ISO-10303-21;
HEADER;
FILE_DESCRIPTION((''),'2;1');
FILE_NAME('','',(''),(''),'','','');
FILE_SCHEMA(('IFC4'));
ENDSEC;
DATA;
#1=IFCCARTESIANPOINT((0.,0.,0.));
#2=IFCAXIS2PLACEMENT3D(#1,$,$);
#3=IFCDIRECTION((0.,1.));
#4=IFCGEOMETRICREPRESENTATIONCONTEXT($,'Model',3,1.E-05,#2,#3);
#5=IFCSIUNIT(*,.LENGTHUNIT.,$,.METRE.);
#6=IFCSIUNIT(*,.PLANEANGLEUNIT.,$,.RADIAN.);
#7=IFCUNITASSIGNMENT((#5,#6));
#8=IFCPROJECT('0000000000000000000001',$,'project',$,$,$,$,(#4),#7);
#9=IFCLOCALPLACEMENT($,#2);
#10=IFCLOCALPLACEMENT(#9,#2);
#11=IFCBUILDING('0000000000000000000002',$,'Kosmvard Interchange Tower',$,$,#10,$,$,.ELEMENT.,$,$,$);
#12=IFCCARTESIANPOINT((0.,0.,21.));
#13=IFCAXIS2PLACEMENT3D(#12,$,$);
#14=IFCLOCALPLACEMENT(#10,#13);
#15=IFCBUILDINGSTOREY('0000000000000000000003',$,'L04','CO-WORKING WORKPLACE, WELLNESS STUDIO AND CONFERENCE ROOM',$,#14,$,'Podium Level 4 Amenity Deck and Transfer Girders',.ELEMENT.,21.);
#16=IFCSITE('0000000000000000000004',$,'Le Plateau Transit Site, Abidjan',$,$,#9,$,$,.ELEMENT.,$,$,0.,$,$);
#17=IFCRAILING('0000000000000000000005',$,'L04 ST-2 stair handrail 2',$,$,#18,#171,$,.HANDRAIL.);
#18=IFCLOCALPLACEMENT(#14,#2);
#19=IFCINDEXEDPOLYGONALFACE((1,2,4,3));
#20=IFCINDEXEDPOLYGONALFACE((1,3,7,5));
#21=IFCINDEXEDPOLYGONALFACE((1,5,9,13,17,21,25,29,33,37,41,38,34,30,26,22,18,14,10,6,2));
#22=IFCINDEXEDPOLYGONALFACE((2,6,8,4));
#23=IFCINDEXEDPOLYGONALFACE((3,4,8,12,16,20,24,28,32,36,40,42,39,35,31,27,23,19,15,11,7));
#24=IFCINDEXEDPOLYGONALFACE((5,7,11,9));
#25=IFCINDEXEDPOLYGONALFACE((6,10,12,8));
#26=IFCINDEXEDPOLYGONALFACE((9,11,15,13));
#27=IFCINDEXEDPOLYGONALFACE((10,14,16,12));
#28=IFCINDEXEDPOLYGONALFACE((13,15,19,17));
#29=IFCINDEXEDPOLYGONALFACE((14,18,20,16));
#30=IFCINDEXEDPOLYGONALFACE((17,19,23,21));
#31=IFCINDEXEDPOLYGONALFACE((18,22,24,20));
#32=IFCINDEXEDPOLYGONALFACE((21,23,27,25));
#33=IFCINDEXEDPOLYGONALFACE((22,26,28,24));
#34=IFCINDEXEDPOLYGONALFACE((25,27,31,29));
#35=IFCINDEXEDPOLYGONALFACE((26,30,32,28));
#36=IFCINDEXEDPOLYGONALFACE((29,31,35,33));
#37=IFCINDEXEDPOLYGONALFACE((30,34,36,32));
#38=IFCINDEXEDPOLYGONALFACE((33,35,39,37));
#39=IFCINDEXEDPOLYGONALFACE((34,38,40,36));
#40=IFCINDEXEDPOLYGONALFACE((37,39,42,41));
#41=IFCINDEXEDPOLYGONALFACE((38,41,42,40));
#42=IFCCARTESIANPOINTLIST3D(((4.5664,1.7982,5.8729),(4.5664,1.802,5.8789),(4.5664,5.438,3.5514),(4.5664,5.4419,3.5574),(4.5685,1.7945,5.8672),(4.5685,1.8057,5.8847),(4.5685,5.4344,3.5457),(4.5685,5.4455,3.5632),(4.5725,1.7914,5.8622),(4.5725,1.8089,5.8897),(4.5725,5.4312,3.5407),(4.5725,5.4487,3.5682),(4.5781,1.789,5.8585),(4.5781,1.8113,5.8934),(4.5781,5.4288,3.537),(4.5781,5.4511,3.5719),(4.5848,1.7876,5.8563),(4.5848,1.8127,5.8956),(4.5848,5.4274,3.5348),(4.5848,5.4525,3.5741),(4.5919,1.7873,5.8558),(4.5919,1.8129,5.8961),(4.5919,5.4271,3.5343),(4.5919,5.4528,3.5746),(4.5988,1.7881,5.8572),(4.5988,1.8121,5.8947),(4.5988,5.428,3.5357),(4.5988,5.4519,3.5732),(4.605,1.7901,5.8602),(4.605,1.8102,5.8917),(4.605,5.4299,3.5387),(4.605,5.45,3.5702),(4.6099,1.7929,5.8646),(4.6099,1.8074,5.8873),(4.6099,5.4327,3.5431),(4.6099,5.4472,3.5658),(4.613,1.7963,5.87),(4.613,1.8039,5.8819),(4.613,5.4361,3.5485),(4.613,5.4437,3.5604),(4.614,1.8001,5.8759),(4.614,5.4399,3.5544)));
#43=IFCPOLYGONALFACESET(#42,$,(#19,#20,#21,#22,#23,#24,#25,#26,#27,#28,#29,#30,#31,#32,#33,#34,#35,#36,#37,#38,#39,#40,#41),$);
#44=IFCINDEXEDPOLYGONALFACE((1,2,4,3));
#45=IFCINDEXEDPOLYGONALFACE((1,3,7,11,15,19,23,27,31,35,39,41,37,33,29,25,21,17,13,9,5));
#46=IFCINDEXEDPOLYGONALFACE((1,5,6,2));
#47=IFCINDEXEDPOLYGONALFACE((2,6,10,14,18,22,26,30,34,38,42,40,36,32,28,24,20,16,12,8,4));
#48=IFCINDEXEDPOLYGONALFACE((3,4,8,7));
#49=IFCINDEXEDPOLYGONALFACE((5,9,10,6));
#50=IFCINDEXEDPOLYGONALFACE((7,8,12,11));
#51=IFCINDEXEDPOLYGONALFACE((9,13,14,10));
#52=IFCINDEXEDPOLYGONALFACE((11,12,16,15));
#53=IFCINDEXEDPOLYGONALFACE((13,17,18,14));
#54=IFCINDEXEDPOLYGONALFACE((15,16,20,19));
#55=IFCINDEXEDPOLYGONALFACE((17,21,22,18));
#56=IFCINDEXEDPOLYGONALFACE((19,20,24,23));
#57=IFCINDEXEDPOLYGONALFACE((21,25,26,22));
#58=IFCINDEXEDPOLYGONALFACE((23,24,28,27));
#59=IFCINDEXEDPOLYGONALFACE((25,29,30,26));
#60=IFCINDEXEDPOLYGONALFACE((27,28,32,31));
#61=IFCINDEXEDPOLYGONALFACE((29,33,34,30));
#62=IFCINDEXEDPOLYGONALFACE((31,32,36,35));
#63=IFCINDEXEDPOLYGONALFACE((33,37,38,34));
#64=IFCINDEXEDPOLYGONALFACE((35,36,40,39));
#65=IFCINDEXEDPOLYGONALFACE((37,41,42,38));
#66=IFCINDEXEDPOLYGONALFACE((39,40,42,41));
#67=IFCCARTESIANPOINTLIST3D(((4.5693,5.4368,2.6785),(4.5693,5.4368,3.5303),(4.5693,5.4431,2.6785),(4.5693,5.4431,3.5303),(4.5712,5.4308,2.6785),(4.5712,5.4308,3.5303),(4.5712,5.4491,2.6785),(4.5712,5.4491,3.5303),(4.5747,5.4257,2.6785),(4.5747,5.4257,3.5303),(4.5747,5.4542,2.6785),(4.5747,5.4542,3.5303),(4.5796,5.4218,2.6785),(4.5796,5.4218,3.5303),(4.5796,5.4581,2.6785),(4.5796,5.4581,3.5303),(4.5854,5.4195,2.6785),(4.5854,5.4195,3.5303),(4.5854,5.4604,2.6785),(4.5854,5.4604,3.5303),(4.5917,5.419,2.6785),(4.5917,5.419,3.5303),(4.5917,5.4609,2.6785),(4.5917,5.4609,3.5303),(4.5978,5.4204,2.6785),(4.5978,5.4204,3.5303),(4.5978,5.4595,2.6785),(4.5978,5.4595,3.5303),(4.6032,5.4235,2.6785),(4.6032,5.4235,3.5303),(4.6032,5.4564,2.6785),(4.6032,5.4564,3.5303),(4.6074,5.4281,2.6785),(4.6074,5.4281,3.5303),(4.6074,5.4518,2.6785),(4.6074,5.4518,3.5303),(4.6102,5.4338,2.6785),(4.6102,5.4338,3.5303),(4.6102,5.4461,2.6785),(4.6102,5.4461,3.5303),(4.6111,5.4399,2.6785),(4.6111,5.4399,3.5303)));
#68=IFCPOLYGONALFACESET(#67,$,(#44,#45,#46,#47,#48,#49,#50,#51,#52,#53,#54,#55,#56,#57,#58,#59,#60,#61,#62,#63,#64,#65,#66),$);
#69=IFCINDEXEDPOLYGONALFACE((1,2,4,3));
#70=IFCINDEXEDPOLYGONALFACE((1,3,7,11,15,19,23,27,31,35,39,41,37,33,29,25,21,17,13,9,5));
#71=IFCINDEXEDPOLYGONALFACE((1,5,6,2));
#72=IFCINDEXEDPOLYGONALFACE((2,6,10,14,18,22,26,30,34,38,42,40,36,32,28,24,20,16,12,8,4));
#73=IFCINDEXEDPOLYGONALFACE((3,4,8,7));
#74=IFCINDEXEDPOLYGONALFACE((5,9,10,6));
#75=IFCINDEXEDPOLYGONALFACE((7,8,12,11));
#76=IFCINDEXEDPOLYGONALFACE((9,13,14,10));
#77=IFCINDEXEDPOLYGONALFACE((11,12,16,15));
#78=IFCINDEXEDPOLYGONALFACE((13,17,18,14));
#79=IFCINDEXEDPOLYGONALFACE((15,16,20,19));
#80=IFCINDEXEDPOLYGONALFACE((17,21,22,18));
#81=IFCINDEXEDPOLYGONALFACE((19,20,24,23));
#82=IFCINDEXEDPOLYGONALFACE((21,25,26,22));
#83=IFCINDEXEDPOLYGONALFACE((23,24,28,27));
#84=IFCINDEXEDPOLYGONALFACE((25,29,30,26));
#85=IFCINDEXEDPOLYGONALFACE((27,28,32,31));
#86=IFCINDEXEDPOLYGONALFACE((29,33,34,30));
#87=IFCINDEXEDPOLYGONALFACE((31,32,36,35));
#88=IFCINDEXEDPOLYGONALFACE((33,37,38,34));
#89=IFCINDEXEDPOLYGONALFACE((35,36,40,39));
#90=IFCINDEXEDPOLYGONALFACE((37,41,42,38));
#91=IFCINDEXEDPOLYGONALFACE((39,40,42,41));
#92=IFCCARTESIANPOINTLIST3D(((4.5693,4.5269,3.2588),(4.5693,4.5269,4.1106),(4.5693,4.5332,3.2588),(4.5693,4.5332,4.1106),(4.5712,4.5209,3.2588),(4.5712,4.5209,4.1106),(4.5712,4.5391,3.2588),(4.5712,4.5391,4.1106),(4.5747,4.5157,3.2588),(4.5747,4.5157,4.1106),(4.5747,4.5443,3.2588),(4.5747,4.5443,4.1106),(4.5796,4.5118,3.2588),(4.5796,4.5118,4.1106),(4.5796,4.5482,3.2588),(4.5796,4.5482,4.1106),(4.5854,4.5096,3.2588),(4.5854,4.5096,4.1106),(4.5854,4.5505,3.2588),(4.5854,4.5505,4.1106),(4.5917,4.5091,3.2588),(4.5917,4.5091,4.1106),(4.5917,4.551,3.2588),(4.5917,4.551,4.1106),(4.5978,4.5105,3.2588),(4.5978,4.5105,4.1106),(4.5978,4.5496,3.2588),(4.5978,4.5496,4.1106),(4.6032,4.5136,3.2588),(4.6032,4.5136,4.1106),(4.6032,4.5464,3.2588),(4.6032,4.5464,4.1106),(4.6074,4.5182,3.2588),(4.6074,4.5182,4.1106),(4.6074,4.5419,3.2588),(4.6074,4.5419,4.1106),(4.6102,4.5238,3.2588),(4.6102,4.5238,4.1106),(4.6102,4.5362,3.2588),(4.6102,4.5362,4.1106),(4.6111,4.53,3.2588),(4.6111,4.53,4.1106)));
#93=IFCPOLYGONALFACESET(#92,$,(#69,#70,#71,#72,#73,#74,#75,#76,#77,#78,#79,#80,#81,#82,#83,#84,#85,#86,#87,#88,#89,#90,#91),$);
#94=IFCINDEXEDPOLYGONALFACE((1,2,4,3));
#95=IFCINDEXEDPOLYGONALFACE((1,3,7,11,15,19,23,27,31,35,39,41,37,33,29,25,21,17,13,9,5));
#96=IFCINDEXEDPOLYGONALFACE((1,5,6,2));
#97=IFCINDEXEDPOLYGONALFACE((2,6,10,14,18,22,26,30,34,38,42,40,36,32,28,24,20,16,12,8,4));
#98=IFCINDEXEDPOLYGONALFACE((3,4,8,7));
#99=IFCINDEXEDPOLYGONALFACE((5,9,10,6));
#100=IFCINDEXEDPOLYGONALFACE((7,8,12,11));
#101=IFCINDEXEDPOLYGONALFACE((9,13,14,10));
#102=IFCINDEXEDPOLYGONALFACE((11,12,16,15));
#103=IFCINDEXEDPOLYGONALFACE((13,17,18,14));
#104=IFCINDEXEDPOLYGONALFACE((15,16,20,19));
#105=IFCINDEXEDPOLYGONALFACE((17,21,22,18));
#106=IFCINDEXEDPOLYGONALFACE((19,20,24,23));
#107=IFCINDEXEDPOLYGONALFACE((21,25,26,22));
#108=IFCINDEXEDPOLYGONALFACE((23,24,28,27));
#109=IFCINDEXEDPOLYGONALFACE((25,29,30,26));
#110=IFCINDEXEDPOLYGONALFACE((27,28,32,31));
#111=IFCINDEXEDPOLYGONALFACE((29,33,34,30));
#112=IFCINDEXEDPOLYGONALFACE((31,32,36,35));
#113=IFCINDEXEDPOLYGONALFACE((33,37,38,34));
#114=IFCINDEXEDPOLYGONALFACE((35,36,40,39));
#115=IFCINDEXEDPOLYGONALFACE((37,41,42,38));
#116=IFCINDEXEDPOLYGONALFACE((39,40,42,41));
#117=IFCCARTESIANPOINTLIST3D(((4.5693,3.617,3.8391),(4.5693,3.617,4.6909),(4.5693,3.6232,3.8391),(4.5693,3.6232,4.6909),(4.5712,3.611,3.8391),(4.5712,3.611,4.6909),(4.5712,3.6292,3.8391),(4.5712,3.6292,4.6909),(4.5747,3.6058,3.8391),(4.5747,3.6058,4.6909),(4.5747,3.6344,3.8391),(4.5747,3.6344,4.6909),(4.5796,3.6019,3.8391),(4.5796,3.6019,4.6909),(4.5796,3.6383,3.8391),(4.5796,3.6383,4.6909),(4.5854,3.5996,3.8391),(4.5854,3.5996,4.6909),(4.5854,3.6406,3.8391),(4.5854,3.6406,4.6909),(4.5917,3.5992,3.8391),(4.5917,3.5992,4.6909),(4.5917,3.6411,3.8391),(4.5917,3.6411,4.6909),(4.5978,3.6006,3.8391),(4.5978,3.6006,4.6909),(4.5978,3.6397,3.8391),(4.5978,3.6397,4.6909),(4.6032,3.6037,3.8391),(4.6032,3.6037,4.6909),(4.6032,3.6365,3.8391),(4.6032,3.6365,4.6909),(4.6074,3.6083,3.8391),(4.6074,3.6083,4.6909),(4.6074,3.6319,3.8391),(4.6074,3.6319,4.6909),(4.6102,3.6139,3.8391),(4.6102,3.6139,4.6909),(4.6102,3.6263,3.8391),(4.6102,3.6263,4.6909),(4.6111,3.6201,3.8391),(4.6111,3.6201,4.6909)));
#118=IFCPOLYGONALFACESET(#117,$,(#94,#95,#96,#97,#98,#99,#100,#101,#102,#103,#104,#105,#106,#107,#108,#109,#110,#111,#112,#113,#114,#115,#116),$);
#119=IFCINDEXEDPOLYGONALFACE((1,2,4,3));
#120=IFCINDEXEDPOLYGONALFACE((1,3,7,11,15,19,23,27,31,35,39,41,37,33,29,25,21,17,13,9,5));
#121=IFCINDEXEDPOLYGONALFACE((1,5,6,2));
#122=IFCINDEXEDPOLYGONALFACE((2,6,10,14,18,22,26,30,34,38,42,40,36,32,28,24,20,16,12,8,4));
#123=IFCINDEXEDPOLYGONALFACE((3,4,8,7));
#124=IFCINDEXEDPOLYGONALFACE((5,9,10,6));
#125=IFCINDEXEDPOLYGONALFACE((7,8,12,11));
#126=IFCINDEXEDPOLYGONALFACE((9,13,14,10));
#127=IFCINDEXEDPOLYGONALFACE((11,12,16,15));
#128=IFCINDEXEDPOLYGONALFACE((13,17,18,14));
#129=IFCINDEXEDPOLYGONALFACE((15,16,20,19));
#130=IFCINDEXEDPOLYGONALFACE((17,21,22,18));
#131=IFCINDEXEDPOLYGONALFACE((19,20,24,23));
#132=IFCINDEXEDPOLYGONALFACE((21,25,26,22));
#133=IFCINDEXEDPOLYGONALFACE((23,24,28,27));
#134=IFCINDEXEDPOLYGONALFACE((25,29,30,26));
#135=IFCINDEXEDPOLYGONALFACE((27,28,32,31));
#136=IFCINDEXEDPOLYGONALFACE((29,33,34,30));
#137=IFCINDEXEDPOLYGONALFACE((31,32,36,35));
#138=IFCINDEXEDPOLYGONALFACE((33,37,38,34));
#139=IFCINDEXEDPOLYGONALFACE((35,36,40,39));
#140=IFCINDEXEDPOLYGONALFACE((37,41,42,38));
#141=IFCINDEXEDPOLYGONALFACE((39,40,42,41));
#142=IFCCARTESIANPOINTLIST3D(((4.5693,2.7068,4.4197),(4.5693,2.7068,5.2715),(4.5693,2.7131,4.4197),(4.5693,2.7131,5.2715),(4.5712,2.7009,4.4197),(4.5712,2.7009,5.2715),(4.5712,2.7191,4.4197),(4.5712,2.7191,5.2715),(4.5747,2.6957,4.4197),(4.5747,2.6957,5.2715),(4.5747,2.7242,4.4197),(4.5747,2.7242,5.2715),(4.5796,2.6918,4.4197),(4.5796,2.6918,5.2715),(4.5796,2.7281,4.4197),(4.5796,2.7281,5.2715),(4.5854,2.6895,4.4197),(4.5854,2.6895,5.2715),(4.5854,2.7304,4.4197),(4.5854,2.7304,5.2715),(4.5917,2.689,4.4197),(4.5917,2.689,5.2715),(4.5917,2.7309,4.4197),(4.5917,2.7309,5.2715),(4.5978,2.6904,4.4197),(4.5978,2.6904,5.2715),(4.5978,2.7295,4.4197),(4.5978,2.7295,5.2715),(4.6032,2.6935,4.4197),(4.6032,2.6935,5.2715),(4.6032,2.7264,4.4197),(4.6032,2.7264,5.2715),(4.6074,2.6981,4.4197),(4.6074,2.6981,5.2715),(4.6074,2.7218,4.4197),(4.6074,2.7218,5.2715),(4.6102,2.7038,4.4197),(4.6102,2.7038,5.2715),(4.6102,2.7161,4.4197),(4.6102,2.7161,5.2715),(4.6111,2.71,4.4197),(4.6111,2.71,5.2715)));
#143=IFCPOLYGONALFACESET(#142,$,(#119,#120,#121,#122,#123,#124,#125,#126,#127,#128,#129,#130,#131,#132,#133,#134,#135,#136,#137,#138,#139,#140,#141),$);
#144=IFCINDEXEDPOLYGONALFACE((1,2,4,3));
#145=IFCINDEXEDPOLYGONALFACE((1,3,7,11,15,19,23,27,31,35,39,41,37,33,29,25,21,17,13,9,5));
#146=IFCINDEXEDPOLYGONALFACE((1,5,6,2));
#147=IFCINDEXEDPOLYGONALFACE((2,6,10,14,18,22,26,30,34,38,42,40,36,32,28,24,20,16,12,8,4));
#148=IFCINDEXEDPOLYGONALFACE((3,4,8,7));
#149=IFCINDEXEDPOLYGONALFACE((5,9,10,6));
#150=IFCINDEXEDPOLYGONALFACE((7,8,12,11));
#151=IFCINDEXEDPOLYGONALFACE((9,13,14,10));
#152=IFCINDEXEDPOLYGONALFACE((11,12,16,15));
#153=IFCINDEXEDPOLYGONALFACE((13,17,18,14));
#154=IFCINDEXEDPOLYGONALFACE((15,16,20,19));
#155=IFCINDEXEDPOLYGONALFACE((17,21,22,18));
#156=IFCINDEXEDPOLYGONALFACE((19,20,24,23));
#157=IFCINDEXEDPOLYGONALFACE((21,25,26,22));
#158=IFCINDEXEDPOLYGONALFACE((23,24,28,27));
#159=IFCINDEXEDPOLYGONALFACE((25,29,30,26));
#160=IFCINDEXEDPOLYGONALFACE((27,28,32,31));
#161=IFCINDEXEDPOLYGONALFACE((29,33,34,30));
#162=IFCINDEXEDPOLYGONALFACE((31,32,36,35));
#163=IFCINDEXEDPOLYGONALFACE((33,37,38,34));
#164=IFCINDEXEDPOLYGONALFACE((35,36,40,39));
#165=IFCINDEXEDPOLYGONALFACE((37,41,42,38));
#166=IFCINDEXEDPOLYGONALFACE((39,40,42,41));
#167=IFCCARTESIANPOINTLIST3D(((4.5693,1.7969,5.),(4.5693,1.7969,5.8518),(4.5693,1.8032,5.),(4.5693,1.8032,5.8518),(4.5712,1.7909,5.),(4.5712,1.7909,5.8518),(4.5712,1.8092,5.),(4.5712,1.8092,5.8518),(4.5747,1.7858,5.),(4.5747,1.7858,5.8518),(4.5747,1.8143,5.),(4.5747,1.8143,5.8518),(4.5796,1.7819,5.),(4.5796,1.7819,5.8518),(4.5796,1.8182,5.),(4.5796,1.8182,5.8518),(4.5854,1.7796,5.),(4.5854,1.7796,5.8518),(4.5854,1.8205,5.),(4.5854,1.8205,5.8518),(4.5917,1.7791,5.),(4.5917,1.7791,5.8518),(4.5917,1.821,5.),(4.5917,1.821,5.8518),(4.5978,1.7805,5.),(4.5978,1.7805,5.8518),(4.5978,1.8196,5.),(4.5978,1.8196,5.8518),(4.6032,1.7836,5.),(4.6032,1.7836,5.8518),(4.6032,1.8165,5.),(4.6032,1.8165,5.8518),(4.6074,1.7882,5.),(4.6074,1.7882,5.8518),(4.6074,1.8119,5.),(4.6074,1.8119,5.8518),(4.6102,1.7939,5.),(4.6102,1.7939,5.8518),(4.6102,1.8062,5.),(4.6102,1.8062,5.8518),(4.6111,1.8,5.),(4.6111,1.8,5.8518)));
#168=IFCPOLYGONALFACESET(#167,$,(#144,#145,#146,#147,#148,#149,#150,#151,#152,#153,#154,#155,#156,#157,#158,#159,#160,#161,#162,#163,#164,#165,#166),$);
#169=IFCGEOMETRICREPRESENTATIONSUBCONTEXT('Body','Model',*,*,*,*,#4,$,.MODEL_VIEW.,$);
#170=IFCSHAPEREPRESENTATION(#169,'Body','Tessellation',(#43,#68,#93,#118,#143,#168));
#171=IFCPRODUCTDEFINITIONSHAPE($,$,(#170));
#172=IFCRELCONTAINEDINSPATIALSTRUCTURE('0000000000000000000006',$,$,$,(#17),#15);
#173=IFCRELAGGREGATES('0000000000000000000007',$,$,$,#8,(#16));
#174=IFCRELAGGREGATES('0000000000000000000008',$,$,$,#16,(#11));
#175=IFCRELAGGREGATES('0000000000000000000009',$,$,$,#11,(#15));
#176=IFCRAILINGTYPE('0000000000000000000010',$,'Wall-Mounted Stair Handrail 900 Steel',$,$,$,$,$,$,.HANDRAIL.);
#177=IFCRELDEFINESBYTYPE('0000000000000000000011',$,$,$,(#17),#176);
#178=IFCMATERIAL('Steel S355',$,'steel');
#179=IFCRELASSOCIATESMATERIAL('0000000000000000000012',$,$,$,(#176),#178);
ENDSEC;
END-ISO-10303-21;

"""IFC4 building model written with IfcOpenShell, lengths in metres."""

from ifc_helpers import new_model, si_unit, direction, frame, origin, origin_2d, place, context, subcontext, project, spatial, circle, extrude, source, transform, mapped, material, type_object, element, save


model = new_model("IFC4")

# Units and contexts
model_context = context("Model", 3, precision=1e-05, world=origin(), true_north=direction((0.0, 1.0)))
body_context = subcontext(model_context, "Body", "Model", "MODEL_VIEW")
ifc_project = project(units=[si_unit("LENGTHUNIT", "METRE"), si_unit("PLANEANGLEUNIT", "RADIAN")], contexts=[model_context])

# Site, building, storey
site_placement = place(None, origin())
site = spatial("IfcSite", under=ifc_project, at=site_placement, Name="Le Plateau Transit Site, Abidjan", CompositionType="ELEMENT", RefElevation=0.0)
building_placement = place(site_placement, origin())
building = spatial("IfcBuilding", under=site, at=building_placement, Name="Kosmvard Interchange Tower", CompositionType="ELEMENT")
storey_placement = place(building_placement, frame((0.0, 0.0, 21.0)))
storey = spatial("IfcBuildingStorey", under=building, at=storey_placement, Name="L04", Description="CO-WORKING WORKPLACE, WELLNESS STUDIO AND CONFERENCE ROOM", LongName="Podium Level 4 Amenity Deck and Transfer Girders", CompositionType="ELEMENT", Elevation=21.0)

# Shared definitions
ifc_material_1 = material(Name="Steel S355", Category="steel")

# Railing
railing_type_1 = type_object("IfcRailingType", Name="Wall-Mounted Stair Handrail 900 Steel", PredefinedType="HANDRAIL", material=ifc_material_1)
shared_shape_1 = source(origin(), body_context, "Body", "SweptSolid", [
    extrude(circle(Radius=0.0239, at=origin_2d()), frame((0.0, 0.0, 0.876), z_axis=(0.0, -0.843112, 0.537739), x_axis=(1.0, 0.0, 0.0)), (0.0, 0.0, 1.0), 4.3171),
    extrude(circle(Radius=0.021, at=origin_2d()), origin(), (0.0, 0.0, 1.0), 0.8518),
    extrude(circle(Radius=0.021, at=origin_2d()), frame((0.0, -0.9099, 0.5803)), (0.0, 0.0, 1.0), 0.8518),
    extrude(circle(Radius=0.021, at=origin_2d()), frame((0.0, -1.8198, 1.1606)), (0.0, 0.0, 1.0), 0.8518),
    extrude(circle(Radius=0.021, at=origin_2d()), frame((0.0, -2.73, 1.7412)), (0.0, 0.0, 1.0), 0.8518),
    extrude(circle(Radius=0.021, at=origin_2d()), frame((0.0, -3.6399, 2.3215)), (0.0, 0.0, 1.0), 0.8518),
])
railing_1_placement = place(storey_placement, frame((4.5901, 5.4399, 2.6785)))
element("IfcRailing", 1, at=railing_1_placement, inside=storey, type_object=railing_type_1, Name="L04 ST-2 stair handrail 2", PredefinedType="HANDRAIL", context=body_context, shape_type="MappedRepresentation", body=[
    mapped(shared_shape_1, transform((0.0, 0.0, 0.0), scale=1.0)),
])

save(model, "model.ifc")
